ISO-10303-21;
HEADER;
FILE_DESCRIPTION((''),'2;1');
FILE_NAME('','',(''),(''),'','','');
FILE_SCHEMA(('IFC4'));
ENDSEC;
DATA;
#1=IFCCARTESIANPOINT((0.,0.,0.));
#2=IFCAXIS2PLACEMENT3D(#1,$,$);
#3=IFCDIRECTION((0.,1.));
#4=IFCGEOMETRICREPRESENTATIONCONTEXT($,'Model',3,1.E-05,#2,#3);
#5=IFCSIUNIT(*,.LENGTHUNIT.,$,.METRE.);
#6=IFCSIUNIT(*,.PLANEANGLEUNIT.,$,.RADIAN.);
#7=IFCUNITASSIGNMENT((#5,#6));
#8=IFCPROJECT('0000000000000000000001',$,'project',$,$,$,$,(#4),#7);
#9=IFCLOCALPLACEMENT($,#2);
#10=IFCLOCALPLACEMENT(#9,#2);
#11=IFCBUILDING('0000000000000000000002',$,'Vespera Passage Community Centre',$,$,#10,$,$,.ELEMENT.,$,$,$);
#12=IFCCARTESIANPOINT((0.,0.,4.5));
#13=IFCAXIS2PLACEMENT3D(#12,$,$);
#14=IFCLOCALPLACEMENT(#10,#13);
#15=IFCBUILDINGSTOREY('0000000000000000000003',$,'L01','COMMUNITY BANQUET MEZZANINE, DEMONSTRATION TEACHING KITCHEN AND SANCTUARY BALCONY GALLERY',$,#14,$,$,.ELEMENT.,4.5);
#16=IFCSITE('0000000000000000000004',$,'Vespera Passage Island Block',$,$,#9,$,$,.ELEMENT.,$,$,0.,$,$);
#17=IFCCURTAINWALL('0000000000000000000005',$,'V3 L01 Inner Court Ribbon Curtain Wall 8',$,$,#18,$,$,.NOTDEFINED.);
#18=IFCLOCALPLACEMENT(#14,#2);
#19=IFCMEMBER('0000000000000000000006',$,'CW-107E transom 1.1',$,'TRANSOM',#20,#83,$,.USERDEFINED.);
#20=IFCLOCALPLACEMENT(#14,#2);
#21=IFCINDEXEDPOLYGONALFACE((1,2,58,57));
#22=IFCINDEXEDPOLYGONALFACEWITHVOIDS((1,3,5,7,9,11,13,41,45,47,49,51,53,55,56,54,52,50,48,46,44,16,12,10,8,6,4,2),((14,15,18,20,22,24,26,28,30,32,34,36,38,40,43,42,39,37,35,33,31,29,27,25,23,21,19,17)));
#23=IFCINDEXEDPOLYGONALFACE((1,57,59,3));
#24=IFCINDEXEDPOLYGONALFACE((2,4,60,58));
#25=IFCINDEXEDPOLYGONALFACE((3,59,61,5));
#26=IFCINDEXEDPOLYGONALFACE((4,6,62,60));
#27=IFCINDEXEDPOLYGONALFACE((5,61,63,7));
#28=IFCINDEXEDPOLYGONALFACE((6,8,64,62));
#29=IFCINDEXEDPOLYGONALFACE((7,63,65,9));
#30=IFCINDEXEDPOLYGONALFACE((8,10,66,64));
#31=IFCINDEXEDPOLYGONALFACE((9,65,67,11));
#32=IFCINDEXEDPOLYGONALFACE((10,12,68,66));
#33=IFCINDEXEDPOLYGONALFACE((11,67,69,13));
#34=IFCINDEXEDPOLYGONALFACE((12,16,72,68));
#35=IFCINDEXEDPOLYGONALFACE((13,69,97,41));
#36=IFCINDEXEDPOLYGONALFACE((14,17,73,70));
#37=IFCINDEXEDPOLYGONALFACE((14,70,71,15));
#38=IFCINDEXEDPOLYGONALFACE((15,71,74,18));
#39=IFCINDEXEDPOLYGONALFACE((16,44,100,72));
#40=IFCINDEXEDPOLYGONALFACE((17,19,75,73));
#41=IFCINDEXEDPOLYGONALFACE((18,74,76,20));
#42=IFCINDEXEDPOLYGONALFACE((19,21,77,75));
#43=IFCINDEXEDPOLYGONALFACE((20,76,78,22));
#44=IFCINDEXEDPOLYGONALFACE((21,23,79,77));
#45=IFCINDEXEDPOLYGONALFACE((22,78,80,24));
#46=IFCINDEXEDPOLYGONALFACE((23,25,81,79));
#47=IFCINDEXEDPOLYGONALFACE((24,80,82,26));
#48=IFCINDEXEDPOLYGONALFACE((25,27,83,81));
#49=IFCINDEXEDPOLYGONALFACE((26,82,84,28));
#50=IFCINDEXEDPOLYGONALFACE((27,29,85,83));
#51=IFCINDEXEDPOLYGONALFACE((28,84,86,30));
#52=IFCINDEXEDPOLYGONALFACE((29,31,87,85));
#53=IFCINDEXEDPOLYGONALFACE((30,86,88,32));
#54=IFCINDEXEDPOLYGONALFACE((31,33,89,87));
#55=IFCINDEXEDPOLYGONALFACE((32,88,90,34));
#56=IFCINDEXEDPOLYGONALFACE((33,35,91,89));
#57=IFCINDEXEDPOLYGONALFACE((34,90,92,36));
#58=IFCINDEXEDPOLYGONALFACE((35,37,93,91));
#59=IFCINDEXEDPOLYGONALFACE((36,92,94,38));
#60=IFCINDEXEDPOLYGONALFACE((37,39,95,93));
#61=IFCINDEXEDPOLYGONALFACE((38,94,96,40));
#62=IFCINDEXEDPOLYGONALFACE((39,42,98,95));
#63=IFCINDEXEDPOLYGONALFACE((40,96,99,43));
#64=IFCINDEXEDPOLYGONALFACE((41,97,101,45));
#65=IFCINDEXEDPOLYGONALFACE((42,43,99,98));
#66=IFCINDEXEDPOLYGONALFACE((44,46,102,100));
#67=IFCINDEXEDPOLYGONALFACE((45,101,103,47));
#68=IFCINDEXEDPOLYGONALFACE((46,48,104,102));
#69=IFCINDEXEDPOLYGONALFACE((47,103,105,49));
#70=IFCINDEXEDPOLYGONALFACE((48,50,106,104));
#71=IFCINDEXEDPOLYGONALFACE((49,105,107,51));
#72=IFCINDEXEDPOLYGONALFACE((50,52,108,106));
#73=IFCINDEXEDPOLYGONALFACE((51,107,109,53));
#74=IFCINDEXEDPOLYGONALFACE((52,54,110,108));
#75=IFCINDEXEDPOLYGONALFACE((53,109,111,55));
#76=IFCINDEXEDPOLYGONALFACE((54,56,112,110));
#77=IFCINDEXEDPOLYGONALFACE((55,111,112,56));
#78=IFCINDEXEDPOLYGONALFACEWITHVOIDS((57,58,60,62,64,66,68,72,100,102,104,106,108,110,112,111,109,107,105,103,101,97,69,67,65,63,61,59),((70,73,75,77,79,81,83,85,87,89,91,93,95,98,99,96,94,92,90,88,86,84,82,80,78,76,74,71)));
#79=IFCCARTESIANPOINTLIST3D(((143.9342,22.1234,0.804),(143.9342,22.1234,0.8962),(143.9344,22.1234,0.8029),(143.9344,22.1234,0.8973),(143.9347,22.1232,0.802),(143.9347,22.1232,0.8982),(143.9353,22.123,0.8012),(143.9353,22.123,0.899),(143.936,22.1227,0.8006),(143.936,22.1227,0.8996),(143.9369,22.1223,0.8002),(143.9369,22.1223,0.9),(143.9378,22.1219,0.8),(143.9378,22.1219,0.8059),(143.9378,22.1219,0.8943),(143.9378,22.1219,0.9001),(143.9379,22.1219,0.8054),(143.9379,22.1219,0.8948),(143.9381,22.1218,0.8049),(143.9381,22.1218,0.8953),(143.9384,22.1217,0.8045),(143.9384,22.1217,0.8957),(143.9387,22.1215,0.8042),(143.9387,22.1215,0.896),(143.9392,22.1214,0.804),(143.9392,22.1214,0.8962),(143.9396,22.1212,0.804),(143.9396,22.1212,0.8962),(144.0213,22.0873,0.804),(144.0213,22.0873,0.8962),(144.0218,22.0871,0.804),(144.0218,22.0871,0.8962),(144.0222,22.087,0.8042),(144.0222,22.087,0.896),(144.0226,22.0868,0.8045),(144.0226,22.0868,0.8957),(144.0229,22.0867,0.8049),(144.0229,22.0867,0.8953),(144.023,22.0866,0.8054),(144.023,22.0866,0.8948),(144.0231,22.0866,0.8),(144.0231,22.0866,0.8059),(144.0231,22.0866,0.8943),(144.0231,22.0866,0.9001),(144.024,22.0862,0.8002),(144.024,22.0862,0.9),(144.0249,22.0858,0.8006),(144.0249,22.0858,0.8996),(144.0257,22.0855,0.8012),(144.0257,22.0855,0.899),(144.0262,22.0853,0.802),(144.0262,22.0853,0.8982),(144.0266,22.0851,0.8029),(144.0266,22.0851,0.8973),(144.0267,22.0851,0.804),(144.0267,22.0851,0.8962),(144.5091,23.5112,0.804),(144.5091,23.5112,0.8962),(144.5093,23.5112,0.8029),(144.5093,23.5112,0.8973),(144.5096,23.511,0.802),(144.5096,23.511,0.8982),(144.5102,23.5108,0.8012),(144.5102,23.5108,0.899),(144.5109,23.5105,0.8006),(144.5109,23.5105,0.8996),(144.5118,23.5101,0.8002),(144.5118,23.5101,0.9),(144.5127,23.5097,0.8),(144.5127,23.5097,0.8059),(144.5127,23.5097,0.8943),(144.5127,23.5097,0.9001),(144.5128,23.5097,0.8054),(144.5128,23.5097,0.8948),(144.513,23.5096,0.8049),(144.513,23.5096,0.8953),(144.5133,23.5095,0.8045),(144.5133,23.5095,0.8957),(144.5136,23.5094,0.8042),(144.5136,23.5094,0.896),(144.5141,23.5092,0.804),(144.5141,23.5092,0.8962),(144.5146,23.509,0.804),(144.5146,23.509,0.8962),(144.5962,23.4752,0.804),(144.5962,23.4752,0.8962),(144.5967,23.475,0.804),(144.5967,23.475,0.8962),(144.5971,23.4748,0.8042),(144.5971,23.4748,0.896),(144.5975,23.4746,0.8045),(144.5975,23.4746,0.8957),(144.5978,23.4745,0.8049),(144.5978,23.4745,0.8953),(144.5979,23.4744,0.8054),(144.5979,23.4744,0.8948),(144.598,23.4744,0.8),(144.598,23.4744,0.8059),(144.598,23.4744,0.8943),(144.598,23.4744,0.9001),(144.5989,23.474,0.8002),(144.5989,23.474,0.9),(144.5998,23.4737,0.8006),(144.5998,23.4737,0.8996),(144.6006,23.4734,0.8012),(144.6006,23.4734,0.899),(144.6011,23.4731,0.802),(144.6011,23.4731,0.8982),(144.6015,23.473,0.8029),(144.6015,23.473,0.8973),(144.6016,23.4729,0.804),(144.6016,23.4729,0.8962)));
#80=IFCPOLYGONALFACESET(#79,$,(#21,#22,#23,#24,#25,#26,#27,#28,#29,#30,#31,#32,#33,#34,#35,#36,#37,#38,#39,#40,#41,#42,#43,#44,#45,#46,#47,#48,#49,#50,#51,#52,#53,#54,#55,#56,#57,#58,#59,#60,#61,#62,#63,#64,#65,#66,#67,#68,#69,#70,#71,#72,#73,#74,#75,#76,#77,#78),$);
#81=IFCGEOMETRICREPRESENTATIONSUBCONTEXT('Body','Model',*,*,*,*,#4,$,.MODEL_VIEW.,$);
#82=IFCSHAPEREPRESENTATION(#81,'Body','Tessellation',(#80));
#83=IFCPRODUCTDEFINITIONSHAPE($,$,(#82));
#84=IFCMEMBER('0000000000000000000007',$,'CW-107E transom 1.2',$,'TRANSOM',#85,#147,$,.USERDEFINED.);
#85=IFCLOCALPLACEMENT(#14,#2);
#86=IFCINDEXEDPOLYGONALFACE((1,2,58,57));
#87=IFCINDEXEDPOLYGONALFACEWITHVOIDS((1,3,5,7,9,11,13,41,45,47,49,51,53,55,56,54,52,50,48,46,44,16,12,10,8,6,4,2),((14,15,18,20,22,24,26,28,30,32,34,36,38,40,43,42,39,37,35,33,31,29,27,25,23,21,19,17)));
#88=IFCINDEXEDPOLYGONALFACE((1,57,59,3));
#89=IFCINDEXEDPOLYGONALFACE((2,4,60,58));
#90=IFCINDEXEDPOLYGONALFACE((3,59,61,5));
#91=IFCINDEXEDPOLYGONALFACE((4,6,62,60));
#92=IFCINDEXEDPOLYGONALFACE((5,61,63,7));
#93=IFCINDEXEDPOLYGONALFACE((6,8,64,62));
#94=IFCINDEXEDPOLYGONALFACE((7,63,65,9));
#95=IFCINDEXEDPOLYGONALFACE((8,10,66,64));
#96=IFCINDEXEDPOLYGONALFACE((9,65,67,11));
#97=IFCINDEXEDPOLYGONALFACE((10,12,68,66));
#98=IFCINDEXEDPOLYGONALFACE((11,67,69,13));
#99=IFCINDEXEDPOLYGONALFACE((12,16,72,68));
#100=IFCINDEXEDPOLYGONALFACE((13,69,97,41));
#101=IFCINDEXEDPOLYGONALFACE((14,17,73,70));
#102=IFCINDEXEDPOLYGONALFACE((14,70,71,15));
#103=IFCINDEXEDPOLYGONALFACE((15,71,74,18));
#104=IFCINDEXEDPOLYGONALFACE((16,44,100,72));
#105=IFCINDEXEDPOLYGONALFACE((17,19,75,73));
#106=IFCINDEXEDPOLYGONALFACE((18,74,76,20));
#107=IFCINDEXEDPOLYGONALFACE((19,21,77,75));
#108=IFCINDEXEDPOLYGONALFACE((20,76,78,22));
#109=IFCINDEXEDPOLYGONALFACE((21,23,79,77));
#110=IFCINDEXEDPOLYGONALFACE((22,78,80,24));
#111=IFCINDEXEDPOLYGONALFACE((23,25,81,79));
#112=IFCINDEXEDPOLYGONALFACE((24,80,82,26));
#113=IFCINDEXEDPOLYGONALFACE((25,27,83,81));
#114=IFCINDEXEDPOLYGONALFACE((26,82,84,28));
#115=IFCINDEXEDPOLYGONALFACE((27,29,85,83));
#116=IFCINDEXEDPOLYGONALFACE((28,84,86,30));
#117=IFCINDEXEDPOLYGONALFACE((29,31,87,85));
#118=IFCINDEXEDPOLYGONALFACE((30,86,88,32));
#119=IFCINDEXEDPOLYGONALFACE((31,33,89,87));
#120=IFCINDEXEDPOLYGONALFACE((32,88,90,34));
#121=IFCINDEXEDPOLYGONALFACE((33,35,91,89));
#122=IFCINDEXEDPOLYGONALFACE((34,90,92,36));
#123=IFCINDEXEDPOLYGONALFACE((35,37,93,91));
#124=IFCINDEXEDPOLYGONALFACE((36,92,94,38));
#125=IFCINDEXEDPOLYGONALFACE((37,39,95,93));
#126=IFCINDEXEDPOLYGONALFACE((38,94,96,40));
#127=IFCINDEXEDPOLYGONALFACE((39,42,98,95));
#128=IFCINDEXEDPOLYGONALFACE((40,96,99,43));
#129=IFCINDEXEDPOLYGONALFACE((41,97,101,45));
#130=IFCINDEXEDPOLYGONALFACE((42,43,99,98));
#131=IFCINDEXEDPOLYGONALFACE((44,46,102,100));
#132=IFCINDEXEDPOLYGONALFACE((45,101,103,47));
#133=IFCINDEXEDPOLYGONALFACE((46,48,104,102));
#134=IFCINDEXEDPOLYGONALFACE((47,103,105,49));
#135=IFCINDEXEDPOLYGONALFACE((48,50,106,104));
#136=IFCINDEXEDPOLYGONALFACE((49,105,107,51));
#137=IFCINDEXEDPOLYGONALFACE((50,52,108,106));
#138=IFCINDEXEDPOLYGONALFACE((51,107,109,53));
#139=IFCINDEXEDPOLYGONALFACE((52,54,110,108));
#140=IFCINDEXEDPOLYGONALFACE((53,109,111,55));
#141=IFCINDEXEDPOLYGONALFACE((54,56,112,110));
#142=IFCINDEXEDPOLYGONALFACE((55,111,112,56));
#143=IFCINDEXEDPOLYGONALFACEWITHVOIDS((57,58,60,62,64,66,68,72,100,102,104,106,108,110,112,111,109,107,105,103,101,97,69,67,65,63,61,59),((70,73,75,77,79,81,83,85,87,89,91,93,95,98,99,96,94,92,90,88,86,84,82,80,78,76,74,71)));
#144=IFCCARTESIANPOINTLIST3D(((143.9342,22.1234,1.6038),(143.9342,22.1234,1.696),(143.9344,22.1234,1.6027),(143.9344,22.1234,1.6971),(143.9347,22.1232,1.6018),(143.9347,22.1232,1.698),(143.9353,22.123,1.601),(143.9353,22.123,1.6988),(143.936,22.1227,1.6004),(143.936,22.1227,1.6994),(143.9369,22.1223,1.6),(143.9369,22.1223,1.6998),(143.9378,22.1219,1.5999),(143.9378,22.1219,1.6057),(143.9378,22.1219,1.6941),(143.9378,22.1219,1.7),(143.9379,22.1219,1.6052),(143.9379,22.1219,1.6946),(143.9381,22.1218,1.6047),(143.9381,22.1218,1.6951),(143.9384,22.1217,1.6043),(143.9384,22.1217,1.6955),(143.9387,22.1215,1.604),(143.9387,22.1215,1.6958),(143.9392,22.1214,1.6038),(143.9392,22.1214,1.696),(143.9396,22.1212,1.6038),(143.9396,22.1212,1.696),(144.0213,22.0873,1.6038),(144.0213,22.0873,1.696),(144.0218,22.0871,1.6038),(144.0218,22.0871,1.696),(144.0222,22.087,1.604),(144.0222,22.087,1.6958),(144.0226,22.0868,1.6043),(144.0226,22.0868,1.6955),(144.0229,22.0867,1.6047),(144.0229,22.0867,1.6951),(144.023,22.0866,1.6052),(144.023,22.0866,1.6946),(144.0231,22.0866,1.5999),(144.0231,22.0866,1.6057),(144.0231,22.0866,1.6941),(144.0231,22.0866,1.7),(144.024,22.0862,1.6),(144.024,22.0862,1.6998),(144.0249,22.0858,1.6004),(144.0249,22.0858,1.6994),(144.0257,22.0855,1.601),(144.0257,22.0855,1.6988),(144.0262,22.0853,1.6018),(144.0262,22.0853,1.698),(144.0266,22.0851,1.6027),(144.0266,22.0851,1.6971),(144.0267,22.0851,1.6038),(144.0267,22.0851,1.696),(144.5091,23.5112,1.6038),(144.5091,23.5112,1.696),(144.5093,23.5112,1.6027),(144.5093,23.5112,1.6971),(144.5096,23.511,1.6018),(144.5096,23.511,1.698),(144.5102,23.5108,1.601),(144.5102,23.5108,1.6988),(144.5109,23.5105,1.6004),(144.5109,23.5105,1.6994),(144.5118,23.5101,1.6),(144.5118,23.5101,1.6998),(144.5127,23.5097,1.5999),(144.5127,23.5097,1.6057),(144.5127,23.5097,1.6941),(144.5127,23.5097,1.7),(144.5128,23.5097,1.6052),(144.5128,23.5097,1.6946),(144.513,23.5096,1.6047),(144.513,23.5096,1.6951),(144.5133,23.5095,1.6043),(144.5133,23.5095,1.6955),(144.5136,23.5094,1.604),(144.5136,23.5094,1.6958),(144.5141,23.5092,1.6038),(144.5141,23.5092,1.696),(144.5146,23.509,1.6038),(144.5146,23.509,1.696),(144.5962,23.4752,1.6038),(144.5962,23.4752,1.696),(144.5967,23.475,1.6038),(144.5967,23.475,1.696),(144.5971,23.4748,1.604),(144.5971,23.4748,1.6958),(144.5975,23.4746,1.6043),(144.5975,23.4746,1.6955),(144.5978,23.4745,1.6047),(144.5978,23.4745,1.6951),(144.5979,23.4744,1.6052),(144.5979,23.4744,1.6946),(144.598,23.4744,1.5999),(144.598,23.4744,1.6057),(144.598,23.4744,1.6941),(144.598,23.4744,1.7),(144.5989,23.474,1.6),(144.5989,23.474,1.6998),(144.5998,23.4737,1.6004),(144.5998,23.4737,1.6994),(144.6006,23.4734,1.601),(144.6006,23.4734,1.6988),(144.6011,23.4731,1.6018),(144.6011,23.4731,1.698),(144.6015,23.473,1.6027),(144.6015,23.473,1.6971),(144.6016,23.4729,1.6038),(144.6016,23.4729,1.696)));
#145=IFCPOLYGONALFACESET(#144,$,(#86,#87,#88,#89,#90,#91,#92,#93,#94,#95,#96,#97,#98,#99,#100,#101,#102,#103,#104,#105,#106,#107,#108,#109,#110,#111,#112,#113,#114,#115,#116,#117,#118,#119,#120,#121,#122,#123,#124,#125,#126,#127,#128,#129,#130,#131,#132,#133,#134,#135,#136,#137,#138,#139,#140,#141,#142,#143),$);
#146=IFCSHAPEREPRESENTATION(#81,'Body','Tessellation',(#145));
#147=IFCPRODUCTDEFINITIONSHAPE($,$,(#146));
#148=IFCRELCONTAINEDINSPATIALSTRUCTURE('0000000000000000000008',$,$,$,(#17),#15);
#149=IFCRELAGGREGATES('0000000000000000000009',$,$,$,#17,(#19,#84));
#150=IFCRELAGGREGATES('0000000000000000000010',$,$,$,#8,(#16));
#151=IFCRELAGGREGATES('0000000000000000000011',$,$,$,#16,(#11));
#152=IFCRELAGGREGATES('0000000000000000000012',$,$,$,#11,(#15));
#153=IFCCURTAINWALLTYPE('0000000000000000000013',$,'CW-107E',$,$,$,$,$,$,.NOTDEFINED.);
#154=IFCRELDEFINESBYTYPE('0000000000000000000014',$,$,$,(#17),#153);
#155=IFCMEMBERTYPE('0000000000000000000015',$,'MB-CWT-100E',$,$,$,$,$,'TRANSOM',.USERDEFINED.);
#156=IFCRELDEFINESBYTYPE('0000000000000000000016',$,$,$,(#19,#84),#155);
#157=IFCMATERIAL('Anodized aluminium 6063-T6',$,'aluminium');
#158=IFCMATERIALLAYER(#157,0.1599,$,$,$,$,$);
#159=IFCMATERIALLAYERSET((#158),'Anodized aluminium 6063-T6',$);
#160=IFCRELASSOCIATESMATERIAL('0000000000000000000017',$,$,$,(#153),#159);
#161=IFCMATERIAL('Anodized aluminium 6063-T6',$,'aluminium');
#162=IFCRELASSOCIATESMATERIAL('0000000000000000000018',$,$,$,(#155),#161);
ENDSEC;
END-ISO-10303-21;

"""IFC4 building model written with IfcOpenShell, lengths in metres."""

from ifc_helpers import new_model, si_unit, direction, frame, origin, origin_2d, place, context, subcontext, project, spatial, hollow_rectangle, extrude, material, layer, layer_set, material_profile, profile_set, type_object, element, aggregate, save


model = new_model("IFC4")

# Units and contexts
model_context = context("Model", 3, precision=1e-05, world=origin(), true_north=direction((0.0, 1.0)))
body_context = subcontext(model_context, "Body", "Model", "MODEL_VIEW")
ifc_project = project(units=[si_unit("LENGTHUNIT", "METRE"), si_unit("PLANEANGLEUNIT", "RADIAN")], contexts=[model_context])

# Site, building, storey
site_placement = place(None, origin())
site = spatial("IfcSite", under=ifc_project, at=site_placement, Name="Vespera Passage Island Block", CompositionType="ELEMENT", RefElevation=0.0)
building_placement = place(site_placement, origin())
building = spatial("IfcBuilding", under=site, at=building_placement, Name="Vespera Passage Community Centre", CompositionType="ELEMENT")
storey_placement = place(building_placement, frame((0.0, 0.0, 4.5)))
storey = spatial("IfcBuildingStorey", under=building, at=storey_placement, Name="L01", Description="COMMUNITY BANQUET MEZZANINE, DEMONSTRATION TEACHING KITCHEN AND SANCTUARY BALCONY GALLERY", CompositionType="ELEMENT", Elevation=4.5)

# Shared definitions
ifc_material_1 = material(Name="Anodized aluminium 6063-T6", Category="aluminium")
ifc_layer_1 = layer(ifc_material_1, 0.1599)
ifc_layer_set_1 = layer_set([ifc_layer_1], Name="Anodized aluminium 6063-T6")
curtain_wall_type = type_object("IfcCurtainWallType", Name="CW-107E", PredefinedType="NOTDEFINED", material=ifc_layer_set_1)

# Curtain wall
curtain_wall_1_placement = place(storey_placement, origin())
curtain_wall_1 = element("IfcCurtainWall", 1, at=curtain_wall_1_placement, inside=storey, type_object=curtain_wall_type, Name="V3 L01 Inner Court Ribbon Curtain Wall 8", PredefinedType="NOTDEFINED")

# Members
ifc_material_2 = material(Name="Anodized aluminium 6063-T6", Category="aluminium")
ifc_material_profile_1 = material_profile(ifc_material_2, hollow_rectangle(XDim=0.1001, YDim=0.1001, WallThickness=0.0039, InnerFilletRadius=0.002, OuterFilletRadius=0.0039, at=origin_2d()), Name="ALU100X100X4")
ifc_profile_set_1 = profile_set([ifc_material_profile_1], Name="Anodized aluminium 6063-T6")
member_type_1 = type_object("IfcMemberType", Name="MB-CWT-100E", ElementType="TRANSOM", PredefinedType="USERDEFINED", material=ifc_profile_set_1)
member_1_placement = place(storey_placement, frame((143.9805, 22.1042, 0.8501), z_axis=(0.382711, 0.923868, 0.0), x_axis=(-0.923868, 0.382711, 0.0)))
member_1 = element("IfcMember", 2, at=member_1_placement, type_object=member_type_1, Name="CW-107E transom 1.1", ObjectType="TRANSOM", PredefinedType="USERDEFINED", context=body_context, shape_type="SweptSolid", body=[
    extrude(hollow_rectangle(XDim=0.1001, YDim=0.1001, WallThickness=0.0039, InnerFilletRadius=0.002, OuterFilletRadius=0.0039, at=origin_2d()), origin(), (0.0, 0.0, 1.0), 1.5022),
])
member_2_placement = place(storey_placement, frame((143.9805, 22.1042, 1.6499), z_axis=(0.382711, 0.923868, 0.0), x_axis=(-0.923868, 0.382711, 0.0)))
member_2 = element("IfcMember", 3, at=member_2_placement, type_object=member_type_1, Name="CW-107E transom 1.2", ObjectType="TRANSOM", PredefinedType="USERDEFINED", context=body_context, shape_type="SweptSolid", body=[
    extrude(hollow_rectangle(XDim=0.1001, YDim=0.1001, WallThickness=0.0039, InnerFilletRadius=0.002, OuterFilletRadius=0.0039, at=origin_2d()), origin(), (0.0, 0.0, 1.0), 1.5022),
])

aggregate(curtain_wall_1, [member_1, member_2])

save(model, "model.ifc")
